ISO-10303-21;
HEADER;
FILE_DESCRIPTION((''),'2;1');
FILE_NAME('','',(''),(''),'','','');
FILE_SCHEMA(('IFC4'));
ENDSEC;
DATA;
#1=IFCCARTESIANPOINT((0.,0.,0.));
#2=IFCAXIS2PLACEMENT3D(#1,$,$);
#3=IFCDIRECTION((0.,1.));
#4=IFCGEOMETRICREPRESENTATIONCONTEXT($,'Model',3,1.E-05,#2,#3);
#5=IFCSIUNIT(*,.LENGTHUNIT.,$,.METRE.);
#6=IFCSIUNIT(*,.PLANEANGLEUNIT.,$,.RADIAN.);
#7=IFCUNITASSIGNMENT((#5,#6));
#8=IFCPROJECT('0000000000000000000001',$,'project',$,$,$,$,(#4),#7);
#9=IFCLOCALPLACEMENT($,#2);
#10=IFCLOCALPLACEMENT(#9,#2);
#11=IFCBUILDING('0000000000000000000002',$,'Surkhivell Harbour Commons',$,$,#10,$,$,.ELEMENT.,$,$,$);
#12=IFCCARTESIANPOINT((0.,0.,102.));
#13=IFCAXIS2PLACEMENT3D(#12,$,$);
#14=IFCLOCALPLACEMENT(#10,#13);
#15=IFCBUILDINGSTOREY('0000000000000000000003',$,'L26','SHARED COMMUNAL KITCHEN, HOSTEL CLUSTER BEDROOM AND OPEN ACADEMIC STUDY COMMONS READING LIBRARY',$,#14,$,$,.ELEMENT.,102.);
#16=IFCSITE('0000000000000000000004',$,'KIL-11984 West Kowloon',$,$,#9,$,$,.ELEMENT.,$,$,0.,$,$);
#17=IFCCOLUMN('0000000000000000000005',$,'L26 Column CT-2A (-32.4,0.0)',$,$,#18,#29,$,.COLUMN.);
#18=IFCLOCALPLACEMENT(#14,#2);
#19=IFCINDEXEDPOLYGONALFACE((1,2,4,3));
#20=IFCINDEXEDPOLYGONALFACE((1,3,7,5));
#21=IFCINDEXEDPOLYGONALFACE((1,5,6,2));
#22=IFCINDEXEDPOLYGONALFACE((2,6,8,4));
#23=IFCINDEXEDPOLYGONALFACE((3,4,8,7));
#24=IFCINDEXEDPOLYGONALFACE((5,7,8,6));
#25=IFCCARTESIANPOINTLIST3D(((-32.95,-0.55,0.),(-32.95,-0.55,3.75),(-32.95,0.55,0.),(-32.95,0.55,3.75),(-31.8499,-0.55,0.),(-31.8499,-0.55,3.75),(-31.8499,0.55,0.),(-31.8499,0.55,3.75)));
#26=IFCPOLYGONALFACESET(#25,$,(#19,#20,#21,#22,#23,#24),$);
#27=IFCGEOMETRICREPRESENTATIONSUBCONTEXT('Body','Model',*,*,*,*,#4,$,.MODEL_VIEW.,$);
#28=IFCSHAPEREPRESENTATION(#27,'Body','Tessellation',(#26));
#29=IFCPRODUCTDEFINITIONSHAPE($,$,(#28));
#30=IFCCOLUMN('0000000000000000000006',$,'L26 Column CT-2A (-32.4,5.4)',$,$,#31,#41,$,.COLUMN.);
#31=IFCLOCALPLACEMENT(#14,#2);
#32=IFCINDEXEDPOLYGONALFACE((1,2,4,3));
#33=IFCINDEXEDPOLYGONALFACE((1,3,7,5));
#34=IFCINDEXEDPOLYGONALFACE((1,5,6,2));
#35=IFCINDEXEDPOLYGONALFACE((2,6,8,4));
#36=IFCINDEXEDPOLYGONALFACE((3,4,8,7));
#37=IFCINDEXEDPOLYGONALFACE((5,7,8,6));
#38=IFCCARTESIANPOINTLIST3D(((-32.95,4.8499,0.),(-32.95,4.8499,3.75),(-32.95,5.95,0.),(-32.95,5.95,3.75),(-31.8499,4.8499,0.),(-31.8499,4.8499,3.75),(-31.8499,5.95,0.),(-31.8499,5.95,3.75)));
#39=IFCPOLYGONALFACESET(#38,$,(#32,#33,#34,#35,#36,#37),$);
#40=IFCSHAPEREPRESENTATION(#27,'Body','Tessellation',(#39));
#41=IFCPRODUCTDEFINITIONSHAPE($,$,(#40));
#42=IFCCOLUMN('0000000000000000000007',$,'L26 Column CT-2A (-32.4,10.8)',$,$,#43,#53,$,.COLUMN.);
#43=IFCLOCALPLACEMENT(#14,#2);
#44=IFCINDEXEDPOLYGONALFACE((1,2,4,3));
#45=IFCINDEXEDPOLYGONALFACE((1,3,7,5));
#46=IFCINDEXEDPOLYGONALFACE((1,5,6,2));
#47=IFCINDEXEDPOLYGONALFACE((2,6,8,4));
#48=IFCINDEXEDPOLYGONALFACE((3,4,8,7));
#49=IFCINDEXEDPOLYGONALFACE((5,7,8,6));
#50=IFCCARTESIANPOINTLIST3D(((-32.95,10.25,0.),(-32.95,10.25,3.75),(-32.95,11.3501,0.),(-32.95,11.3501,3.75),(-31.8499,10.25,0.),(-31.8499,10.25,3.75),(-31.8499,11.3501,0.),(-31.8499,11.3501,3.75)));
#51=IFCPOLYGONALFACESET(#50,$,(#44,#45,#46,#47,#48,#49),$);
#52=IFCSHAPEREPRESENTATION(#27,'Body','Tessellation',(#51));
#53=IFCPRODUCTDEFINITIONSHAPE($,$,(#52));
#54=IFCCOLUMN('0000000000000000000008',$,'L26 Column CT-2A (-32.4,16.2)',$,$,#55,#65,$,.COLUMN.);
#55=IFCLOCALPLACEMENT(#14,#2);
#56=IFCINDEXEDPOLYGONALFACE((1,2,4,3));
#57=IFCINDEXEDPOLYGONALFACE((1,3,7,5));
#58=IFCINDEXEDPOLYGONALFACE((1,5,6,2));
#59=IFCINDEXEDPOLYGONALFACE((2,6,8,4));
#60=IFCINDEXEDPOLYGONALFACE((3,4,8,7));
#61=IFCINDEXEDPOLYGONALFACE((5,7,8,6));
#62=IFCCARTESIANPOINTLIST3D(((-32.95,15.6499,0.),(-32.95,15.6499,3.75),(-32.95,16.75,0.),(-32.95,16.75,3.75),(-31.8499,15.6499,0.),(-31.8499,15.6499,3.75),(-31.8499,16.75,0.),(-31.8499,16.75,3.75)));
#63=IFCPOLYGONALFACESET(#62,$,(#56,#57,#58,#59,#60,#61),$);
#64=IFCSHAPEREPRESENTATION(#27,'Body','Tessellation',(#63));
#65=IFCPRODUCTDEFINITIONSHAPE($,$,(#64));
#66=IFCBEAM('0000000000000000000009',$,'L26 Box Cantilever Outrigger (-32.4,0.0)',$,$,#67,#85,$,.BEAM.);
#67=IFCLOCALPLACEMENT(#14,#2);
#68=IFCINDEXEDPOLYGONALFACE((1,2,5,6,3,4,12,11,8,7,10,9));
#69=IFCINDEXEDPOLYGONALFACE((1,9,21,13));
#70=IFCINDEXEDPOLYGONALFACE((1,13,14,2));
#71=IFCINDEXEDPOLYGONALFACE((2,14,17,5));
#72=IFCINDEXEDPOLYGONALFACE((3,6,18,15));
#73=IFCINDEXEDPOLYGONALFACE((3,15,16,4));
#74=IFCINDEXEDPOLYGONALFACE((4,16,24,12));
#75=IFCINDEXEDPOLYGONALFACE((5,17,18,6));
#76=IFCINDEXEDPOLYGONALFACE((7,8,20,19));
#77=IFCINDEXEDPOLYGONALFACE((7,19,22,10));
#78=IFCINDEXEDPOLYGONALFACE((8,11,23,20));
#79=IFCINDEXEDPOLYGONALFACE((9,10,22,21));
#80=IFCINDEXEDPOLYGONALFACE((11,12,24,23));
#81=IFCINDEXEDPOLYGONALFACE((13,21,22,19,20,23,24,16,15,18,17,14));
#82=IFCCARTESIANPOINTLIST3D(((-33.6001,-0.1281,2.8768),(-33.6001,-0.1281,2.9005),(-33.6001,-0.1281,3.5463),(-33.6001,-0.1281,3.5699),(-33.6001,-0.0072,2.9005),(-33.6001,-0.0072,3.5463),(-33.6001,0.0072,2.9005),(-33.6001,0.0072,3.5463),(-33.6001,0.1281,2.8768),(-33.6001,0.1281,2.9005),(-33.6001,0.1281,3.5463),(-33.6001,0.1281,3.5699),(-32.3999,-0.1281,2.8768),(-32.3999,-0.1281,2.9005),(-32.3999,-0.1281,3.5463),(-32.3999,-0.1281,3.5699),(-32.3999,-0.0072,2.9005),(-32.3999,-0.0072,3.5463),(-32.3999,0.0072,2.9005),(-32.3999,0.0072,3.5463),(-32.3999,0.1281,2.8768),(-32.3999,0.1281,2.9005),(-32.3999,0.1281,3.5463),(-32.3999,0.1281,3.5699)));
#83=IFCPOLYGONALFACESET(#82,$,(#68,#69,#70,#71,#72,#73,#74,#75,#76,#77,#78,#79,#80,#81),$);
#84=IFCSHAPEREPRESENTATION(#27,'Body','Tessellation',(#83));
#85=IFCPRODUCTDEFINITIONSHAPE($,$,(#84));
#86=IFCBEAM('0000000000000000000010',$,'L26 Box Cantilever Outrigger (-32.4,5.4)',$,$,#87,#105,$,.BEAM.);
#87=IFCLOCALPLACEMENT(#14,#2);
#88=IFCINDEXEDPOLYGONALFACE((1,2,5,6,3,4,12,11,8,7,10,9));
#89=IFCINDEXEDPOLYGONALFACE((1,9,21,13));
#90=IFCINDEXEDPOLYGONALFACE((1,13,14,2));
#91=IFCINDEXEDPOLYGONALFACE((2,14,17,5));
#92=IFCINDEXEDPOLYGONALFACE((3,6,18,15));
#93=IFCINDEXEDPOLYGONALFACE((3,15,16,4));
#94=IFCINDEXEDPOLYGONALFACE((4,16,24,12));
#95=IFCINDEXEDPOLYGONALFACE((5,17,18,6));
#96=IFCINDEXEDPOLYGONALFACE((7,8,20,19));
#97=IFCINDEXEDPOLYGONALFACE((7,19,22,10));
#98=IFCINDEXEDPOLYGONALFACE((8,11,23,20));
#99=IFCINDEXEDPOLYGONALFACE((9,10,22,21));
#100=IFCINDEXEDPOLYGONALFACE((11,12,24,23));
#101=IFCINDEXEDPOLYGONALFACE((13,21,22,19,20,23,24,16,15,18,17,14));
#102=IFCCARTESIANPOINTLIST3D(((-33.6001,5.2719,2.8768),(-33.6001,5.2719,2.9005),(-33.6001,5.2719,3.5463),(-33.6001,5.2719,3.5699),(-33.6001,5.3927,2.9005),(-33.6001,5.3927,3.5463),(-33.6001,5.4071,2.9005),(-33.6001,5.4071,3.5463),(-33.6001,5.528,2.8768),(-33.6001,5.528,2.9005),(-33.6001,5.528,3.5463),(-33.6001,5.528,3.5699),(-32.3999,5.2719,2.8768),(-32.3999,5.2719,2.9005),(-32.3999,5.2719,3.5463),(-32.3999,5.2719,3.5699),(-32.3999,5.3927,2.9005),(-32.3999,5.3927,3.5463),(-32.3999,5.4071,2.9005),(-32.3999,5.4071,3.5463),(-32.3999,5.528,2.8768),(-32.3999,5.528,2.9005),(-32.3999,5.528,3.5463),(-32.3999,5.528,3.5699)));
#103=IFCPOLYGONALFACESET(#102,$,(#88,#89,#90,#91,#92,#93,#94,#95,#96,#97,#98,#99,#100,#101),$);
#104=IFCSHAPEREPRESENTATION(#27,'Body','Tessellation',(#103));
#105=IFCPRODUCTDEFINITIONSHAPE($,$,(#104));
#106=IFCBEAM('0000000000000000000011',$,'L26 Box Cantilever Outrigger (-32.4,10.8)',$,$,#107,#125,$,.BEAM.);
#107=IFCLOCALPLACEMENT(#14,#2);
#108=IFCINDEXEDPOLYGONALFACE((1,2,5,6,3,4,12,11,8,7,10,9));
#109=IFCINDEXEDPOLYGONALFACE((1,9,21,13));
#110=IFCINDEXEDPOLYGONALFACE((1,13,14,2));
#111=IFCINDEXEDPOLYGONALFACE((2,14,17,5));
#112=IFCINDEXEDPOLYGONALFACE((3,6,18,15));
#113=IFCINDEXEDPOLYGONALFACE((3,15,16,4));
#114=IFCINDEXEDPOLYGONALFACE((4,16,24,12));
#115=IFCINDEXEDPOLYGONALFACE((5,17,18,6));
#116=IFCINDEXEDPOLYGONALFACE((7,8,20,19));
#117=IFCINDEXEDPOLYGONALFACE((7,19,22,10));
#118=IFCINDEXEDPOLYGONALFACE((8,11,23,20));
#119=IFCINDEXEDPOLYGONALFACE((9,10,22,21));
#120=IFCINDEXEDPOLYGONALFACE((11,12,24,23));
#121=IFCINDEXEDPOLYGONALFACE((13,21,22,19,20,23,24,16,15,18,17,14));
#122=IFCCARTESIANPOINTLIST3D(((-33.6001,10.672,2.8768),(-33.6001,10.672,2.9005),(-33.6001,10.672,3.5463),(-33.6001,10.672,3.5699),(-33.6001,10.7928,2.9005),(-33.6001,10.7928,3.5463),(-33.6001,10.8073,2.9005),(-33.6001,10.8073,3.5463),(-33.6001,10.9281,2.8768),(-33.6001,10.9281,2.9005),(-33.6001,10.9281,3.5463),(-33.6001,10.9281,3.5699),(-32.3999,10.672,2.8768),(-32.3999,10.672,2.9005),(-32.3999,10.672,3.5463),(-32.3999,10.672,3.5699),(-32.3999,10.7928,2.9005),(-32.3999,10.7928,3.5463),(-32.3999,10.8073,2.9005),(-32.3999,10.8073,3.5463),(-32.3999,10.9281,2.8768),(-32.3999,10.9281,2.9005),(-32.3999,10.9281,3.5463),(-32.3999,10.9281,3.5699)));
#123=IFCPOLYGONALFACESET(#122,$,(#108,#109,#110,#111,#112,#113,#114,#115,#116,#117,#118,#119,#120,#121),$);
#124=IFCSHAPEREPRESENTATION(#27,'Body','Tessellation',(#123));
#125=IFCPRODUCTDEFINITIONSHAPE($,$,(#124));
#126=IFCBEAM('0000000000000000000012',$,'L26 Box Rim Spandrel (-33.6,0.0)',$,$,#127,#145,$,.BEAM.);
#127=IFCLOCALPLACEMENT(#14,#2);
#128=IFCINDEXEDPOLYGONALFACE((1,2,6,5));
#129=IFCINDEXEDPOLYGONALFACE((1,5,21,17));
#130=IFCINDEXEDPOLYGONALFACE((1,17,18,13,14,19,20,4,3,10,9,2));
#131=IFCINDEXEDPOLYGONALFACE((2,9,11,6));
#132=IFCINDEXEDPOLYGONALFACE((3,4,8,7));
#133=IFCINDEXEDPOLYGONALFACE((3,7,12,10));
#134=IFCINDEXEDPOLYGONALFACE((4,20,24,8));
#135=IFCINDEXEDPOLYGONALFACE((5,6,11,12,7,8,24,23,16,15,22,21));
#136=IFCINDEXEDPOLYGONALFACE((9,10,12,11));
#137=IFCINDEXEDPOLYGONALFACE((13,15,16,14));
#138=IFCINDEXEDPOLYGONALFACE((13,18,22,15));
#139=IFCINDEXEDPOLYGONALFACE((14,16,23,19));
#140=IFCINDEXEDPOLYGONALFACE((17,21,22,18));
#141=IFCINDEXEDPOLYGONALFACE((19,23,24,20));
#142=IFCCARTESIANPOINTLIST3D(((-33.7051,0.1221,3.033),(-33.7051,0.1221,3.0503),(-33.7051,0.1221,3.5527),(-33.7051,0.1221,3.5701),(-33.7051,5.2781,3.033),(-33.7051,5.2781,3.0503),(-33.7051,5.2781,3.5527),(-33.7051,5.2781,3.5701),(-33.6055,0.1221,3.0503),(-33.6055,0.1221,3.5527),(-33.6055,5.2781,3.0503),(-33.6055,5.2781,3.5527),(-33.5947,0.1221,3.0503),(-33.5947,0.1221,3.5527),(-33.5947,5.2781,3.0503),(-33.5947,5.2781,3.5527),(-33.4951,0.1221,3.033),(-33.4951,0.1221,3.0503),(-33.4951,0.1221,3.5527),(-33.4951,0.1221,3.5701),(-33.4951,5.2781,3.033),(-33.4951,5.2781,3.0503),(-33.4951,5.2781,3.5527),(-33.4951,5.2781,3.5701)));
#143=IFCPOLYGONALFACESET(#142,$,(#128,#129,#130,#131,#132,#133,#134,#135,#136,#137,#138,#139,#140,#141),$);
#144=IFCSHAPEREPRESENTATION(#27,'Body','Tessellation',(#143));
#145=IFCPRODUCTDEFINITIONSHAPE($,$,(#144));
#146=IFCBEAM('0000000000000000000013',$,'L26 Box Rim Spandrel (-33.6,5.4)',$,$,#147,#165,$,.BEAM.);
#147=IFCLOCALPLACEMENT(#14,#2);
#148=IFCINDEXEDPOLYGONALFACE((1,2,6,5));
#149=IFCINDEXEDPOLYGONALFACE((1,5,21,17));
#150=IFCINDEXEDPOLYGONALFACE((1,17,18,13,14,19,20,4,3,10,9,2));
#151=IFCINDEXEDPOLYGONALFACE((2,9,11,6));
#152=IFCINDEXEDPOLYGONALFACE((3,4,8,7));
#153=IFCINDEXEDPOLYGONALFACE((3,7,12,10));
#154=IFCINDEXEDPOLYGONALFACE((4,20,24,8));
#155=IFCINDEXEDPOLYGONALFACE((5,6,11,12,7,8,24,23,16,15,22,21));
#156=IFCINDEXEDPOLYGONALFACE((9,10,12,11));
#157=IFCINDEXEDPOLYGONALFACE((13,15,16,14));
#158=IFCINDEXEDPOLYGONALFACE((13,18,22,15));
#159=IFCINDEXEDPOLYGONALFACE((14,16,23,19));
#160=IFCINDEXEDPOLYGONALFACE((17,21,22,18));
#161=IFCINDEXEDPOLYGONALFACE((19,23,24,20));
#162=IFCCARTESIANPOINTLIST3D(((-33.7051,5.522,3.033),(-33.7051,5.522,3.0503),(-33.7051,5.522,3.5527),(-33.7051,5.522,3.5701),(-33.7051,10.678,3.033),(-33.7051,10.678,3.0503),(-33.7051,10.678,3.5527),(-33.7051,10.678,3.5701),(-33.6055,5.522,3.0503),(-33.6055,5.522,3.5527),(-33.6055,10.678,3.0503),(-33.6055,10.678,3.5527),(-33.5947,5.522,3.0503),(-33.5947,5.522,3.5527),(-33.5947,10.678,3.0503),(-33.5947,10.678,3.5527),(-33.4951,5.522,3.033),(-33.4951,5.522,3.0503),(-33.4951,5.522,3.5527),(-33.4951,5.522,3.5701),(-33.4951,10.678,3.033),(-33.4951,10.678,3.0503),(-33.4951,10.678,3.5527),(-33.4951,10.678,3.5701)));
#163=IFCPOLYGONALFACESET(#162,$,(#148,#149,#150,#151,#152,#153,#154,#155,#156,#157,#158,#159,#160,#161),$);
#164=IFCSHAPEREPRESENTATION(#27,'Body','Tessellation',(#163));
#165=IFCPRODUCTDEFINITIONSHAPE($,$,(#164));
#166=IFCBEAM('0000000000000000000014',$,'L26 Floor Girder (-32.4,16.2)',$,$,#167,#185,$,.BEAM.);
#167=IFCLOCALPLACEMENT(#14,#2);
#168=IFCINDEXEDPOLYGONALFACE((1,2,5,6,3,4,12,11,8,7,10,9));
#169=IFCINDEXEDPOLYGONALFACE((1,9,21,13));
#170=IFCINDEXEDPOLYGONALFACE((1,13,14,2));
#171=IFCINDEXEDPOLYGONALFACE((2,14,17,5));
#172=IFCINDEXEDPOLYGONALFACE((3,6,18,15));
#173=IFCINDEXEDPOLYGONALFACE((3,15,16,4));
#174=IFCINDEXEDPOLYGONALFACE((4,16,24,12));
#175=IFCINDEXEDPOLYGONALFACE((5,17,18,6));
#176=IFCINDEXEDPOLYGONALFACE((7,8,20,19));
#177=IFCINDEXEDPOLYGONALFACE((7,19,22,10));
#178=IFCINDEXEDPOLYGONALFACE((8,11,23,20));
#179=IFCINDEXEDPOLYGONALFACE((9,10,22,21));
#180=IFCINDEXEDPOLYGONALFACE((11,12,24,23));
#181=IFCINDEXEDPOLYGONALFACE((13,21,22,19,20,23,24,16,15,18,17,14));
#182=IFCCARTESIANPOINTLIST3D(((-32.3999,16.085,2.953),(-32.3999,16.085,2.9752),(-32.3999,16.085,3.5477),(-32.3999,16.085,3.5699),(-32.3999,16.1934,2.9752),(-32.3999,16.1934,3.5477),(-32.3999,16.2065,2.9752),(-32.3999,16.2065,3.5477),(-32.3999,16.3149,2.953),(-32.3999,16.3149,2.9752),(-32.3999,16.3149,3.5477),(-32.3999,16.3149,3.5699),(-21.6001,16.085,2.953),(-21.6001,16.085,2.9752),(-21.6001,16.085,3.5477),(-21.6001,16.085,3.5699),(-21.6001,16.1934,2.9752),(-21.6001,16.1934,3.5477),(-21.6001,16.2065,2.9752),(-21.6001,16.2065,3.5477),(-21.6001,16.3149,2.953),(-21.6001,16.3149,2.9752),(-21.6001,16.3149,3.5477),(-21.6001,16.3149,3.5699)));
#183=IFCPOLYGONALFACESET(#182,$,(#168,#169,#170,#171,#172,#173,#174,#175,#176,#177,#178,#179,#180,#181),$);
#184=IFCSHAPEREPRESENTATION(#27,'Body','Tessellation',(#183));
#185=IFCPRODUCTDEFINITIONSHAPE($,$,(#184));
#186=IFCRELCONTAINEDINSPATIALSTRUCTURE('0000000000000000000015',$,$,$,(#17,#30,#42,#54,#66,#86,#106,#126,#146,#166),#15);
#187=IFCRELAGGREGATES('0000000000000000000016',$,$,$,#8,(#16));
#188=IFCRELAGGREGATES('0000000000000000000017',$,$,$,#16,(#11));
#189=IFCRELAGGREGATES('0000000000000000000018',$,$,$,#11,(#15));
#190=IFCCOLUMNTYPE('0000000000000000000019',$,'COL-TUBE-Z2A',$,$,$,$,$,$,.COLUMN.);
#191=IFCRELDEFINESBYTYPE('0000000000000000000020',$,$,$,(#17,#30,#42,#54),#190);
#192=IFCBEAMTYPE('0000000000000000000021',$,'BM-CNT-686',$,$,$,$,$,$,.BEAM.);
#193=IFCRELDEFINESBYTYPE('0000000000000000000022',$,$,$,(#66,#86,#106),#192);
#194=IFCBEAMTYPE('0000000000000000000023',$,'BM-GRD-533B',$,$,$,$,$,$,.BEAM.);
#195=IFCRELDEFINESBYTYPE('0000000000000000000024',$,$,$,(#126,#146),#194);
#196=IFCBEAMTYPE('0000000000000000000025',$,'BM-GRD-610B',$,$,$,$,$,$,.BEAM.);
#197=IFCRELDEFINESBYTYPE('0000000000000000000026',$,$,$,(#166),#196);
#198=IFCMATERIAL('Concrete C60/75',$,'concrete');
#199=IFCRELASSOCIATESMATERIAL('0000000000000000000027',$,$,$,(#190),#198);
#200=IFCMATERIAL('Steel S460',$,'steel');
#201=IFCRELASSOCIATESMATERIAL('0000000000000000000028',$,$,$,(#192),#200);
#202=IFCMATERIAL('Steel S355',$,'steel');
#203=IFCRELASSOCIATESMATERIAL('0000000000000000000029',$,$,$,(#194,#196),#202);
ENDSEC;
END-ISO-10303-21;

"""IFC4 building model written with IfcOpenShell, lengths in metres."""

from ifc_helpers import new_model, si_unit, direction, frame, origin, origin_2d, place, context, subcontext, project, spatial, rectangle, i_section, extrude, material, material_profile, profile_set, type_object, element, save


model = new_model("IFC4")

# Units and contexts
model_context = context("Model", 3, precision=1e-05, world=origin(), true_north=direction((0.0, 1.0)))
body_context = subcontext(model_context, "Body", "Model", "MODEL_VIEW")
ifc_project = project(units=[si_unit("LENGTHUNIT", "METRE"), si_unit("PLANEANGLEUNIT", "RADIAN")], contexts=[model_context])

# Site, building, storey
site_placement = place(None, origin())
site = spatial("IfcSite", under=ifc_project, at=site_placement, Name="KIL-11984 West Kowloon", CompositionType="ELEMENT", RefElevation=0.0)
building_placement = place(site_placement, origin())
building = spatial("IfcBuilding", under=site, at=building_placement, Name="Surkhivell Harbour Commons", CompositionType="ELEMENT")
storey_placement = place(building_placement, frame((0.0, 0.0, 102.0)))
storey = spatial("IfcBuildingStorey", under=building, at=storey_placement, Name="L26", Description="SHARED COMMUNAL KITCHEN, HOSTEL CLUSTER BEDROOM AND OPEN ACADEMIC STUDY COMMONS READING LIBRARY", CompositionType="ELEMENT", Elevation=102.0)

# Columns
ifc_material_1 = material(Name="Concrete C60/75", Category="concrete")
ifc_material_profile_1 = material_profile(ifc_material_1, rectangle(XDim=1.1001, YDim=1.1001, at=origin_2d()), Name="RC-COL-1100x1100")
ifc_profile_set_1 = profile_set([ifc_material_profile_1], Name="Concrete C60/75")
column_type = type_object("IfcColumnType", Name="COL-TUBE-Z2A", PredefinedType="COLUMN", material=ifc_profile_set_1)
for number, where, z_axis, x_axis, name in (
    (1, (-32.3999, 0.0, 0.0), (0.0, 0.0, 1.0), (1.0, 0.0, 0.0), "L26 Column CT-2A (-32.4,0.0)"),
    (2, (-32.3999, 5.3999, 0.0), (0.0, 0.0, 1.0), (1.0, 0.0, 0.0), "L26 Column CT-2A (-32.4,5.4)"),
    (3, (-32.3999, 10.8, 0.0), (0.0, 0.0, 1.0), (1.0, 0.0, 0.0), "L26 Column CT-2A (-32.4,10.8)"),
    (4, (-32.3999, 16.2, 0.0), (0.0, 0.0, 1.0), (1.0, 0.0, 0.0), "L26 Column CT-2A (-32.4,16.2)"),
):
    element("IfcColumn", number, at=place(storey_placement, frame(where, z_axis=z_axis, x_axis=x_axis)), inside=storey, type_object=column_type, Name=name, PredefinedType="COLUMN", context=body_context, shape_type="SweptSolid", body=[
        extrude(rectangle(XDim=1.1001, YDim=1.1001, at=origin_2d()), origin(), (0.0, 0.0, 1.0), 3.75),
    ])

# Beams
ifc_material_2 = material(Name="Steel S460", Category="steel")
ifc_material_profile_2 = material_profile(ifc_material_2, i_section(OverallWidth=0.2561, OverallDepth=0.6931, WebThickness=0.0144, FlangeThickness=0.0237, at=origin_2d()), Name="UB686x254x170")
ifc_profile_set_2 = profile_set([ifc_material_profile_2], Name="Steel S460")
beam_type_1 = type_object("IfcBeamType", Name="BM-CNT-686", PredefinedType="BEAM", material=ifc_profile_set_2)
for number, where, z_axis, x_axis, name in (
    (5, (-32.3999, 0.0, 3.2234), (-1.0, 0.0, 0.0), (0.0, -1.0, 0.0), "L26 Box Cantilever Outrigger (-32.4,0.0)"),
    (6, (-32.3999, 5.3999, 3.2234), (-1.0, 0.0, 0.0), (0.0, -1.0, 0.0), "L26 Box Cantilever Outrigger (-32.4,5.4)"),
    (7, (-32.3999, 10.8, 3.2234), (-1.0, 0.0, 0.0), (0.0, -1.0, 0.0), "L26 Box Cantilever Outrigger (-32.4,10.8)"),
):
    element("IfcBeam", number, at=place(storey_placement, frame(where, z_axis=z_axis, x_axis=x_axis)), inside=storey, type_object=beam_type_1, Name=name, PredefinedType="BEAM", context=body_context, shape_type="SweptSolid", body=[
        extrude(i_section(OverallWidth=0.2561, OverallDepth=0.6931, WebThickness=0.0144, FlangeThickness=0.0237, at=origin_2d()), origin(), (0.0, 0.0, 1.0), 1.2002),
    ])
ifc_material_3 = material(Name="Steel S355", Category="steel")
ifc_material_profile_3 = material_profile(ifc_material_3, i_section(OverallWidth=0.21, OverallDepth=0.5371, WebThickness=0.0107, FlangeThickness=0.0173, at=origin_2d()), Name="UB533x210x101")
ifc_profile_set_3 = profile_set([ifc_material_profile_3], Name="Steel S355")
beam_type_2 = type_object("IfcBeamType", Name="BM-GRD-533B", PredefinedType="BEAM", material=ifc_profile_set_3)
for number, where, z_axis, x_axis, name in (
    (8, (-33.6001, 0.1221, 3.3015), (0.0, 1.0, 0.0), (-1.0, 0.0, 0.0), "L26 Box Rim Spandrel (-33.6,0.0)"),
    (9, (-33.6001, 5.522, 3.3015), (0.0, 1.0, 0.0), (-1.0, 0.0, 0.0), "L26 Box Rim Spandrel (-33.6,5.4)"),
):
    element("IfcBeam", number, at=place(storey_placement, frame(where, z_axis=z_axis, x_axis=x_axis)), inside=storey, type_object=beam_type_2, Name=name, PredefinedType="BEAM", context=body_context, shape_type="SweptSolid", body=[
        extrude(i_section(OverallWidth=0.21, OverallDepth=0.5371, WebThickness=0.0107, FlangeThickness=0.0173, at=origin_2d()), origin(), (0.0, 0.0, 1.0), 5.156),
    ])
ifc_material_profile_4 = material_profile(ifc_material_3, i_section(OverallWidth=0.23, OverallDepth=0.6169, WebThickness=0.0132, FlangeThickness=0.0222, at=origin_2d()), Name="UB610x229x140")
ifc_profile_set_4 = profile_set([ifc_material_profile_4], Name="Steel S355")
beam_type_3 = type_object("IfcBeamType", Name="BM-GRD-610B", PredefinedType="BEAM", material=ifc_profile_set_4)
beam_1_placement = place(storey_placement, frame((-32.3999, 16.2, 3.2615), z_axis=(1.0, 0.0, 0.0), x_axis=(0.0, 1.0, 0.0)))
element("IfcBeam", 10, at=beam_1_placement, inside=storey, type_object=beam_type_3, Name="L26 Floor Girder (-32.4,16.2)", PredefinedType="BEAM", context=body_context, shape_type="SweptSolid", body=[
    extrude(i_section(OverallWidth=0.23, OverallDepth=0.6169, WebThickness=0.0132, FlangeThickness=0.0222, at=origin_2d()), origin(), (0.0, 0.0, 1.0), 10.7998),
])

save(model, "model.ifc")
